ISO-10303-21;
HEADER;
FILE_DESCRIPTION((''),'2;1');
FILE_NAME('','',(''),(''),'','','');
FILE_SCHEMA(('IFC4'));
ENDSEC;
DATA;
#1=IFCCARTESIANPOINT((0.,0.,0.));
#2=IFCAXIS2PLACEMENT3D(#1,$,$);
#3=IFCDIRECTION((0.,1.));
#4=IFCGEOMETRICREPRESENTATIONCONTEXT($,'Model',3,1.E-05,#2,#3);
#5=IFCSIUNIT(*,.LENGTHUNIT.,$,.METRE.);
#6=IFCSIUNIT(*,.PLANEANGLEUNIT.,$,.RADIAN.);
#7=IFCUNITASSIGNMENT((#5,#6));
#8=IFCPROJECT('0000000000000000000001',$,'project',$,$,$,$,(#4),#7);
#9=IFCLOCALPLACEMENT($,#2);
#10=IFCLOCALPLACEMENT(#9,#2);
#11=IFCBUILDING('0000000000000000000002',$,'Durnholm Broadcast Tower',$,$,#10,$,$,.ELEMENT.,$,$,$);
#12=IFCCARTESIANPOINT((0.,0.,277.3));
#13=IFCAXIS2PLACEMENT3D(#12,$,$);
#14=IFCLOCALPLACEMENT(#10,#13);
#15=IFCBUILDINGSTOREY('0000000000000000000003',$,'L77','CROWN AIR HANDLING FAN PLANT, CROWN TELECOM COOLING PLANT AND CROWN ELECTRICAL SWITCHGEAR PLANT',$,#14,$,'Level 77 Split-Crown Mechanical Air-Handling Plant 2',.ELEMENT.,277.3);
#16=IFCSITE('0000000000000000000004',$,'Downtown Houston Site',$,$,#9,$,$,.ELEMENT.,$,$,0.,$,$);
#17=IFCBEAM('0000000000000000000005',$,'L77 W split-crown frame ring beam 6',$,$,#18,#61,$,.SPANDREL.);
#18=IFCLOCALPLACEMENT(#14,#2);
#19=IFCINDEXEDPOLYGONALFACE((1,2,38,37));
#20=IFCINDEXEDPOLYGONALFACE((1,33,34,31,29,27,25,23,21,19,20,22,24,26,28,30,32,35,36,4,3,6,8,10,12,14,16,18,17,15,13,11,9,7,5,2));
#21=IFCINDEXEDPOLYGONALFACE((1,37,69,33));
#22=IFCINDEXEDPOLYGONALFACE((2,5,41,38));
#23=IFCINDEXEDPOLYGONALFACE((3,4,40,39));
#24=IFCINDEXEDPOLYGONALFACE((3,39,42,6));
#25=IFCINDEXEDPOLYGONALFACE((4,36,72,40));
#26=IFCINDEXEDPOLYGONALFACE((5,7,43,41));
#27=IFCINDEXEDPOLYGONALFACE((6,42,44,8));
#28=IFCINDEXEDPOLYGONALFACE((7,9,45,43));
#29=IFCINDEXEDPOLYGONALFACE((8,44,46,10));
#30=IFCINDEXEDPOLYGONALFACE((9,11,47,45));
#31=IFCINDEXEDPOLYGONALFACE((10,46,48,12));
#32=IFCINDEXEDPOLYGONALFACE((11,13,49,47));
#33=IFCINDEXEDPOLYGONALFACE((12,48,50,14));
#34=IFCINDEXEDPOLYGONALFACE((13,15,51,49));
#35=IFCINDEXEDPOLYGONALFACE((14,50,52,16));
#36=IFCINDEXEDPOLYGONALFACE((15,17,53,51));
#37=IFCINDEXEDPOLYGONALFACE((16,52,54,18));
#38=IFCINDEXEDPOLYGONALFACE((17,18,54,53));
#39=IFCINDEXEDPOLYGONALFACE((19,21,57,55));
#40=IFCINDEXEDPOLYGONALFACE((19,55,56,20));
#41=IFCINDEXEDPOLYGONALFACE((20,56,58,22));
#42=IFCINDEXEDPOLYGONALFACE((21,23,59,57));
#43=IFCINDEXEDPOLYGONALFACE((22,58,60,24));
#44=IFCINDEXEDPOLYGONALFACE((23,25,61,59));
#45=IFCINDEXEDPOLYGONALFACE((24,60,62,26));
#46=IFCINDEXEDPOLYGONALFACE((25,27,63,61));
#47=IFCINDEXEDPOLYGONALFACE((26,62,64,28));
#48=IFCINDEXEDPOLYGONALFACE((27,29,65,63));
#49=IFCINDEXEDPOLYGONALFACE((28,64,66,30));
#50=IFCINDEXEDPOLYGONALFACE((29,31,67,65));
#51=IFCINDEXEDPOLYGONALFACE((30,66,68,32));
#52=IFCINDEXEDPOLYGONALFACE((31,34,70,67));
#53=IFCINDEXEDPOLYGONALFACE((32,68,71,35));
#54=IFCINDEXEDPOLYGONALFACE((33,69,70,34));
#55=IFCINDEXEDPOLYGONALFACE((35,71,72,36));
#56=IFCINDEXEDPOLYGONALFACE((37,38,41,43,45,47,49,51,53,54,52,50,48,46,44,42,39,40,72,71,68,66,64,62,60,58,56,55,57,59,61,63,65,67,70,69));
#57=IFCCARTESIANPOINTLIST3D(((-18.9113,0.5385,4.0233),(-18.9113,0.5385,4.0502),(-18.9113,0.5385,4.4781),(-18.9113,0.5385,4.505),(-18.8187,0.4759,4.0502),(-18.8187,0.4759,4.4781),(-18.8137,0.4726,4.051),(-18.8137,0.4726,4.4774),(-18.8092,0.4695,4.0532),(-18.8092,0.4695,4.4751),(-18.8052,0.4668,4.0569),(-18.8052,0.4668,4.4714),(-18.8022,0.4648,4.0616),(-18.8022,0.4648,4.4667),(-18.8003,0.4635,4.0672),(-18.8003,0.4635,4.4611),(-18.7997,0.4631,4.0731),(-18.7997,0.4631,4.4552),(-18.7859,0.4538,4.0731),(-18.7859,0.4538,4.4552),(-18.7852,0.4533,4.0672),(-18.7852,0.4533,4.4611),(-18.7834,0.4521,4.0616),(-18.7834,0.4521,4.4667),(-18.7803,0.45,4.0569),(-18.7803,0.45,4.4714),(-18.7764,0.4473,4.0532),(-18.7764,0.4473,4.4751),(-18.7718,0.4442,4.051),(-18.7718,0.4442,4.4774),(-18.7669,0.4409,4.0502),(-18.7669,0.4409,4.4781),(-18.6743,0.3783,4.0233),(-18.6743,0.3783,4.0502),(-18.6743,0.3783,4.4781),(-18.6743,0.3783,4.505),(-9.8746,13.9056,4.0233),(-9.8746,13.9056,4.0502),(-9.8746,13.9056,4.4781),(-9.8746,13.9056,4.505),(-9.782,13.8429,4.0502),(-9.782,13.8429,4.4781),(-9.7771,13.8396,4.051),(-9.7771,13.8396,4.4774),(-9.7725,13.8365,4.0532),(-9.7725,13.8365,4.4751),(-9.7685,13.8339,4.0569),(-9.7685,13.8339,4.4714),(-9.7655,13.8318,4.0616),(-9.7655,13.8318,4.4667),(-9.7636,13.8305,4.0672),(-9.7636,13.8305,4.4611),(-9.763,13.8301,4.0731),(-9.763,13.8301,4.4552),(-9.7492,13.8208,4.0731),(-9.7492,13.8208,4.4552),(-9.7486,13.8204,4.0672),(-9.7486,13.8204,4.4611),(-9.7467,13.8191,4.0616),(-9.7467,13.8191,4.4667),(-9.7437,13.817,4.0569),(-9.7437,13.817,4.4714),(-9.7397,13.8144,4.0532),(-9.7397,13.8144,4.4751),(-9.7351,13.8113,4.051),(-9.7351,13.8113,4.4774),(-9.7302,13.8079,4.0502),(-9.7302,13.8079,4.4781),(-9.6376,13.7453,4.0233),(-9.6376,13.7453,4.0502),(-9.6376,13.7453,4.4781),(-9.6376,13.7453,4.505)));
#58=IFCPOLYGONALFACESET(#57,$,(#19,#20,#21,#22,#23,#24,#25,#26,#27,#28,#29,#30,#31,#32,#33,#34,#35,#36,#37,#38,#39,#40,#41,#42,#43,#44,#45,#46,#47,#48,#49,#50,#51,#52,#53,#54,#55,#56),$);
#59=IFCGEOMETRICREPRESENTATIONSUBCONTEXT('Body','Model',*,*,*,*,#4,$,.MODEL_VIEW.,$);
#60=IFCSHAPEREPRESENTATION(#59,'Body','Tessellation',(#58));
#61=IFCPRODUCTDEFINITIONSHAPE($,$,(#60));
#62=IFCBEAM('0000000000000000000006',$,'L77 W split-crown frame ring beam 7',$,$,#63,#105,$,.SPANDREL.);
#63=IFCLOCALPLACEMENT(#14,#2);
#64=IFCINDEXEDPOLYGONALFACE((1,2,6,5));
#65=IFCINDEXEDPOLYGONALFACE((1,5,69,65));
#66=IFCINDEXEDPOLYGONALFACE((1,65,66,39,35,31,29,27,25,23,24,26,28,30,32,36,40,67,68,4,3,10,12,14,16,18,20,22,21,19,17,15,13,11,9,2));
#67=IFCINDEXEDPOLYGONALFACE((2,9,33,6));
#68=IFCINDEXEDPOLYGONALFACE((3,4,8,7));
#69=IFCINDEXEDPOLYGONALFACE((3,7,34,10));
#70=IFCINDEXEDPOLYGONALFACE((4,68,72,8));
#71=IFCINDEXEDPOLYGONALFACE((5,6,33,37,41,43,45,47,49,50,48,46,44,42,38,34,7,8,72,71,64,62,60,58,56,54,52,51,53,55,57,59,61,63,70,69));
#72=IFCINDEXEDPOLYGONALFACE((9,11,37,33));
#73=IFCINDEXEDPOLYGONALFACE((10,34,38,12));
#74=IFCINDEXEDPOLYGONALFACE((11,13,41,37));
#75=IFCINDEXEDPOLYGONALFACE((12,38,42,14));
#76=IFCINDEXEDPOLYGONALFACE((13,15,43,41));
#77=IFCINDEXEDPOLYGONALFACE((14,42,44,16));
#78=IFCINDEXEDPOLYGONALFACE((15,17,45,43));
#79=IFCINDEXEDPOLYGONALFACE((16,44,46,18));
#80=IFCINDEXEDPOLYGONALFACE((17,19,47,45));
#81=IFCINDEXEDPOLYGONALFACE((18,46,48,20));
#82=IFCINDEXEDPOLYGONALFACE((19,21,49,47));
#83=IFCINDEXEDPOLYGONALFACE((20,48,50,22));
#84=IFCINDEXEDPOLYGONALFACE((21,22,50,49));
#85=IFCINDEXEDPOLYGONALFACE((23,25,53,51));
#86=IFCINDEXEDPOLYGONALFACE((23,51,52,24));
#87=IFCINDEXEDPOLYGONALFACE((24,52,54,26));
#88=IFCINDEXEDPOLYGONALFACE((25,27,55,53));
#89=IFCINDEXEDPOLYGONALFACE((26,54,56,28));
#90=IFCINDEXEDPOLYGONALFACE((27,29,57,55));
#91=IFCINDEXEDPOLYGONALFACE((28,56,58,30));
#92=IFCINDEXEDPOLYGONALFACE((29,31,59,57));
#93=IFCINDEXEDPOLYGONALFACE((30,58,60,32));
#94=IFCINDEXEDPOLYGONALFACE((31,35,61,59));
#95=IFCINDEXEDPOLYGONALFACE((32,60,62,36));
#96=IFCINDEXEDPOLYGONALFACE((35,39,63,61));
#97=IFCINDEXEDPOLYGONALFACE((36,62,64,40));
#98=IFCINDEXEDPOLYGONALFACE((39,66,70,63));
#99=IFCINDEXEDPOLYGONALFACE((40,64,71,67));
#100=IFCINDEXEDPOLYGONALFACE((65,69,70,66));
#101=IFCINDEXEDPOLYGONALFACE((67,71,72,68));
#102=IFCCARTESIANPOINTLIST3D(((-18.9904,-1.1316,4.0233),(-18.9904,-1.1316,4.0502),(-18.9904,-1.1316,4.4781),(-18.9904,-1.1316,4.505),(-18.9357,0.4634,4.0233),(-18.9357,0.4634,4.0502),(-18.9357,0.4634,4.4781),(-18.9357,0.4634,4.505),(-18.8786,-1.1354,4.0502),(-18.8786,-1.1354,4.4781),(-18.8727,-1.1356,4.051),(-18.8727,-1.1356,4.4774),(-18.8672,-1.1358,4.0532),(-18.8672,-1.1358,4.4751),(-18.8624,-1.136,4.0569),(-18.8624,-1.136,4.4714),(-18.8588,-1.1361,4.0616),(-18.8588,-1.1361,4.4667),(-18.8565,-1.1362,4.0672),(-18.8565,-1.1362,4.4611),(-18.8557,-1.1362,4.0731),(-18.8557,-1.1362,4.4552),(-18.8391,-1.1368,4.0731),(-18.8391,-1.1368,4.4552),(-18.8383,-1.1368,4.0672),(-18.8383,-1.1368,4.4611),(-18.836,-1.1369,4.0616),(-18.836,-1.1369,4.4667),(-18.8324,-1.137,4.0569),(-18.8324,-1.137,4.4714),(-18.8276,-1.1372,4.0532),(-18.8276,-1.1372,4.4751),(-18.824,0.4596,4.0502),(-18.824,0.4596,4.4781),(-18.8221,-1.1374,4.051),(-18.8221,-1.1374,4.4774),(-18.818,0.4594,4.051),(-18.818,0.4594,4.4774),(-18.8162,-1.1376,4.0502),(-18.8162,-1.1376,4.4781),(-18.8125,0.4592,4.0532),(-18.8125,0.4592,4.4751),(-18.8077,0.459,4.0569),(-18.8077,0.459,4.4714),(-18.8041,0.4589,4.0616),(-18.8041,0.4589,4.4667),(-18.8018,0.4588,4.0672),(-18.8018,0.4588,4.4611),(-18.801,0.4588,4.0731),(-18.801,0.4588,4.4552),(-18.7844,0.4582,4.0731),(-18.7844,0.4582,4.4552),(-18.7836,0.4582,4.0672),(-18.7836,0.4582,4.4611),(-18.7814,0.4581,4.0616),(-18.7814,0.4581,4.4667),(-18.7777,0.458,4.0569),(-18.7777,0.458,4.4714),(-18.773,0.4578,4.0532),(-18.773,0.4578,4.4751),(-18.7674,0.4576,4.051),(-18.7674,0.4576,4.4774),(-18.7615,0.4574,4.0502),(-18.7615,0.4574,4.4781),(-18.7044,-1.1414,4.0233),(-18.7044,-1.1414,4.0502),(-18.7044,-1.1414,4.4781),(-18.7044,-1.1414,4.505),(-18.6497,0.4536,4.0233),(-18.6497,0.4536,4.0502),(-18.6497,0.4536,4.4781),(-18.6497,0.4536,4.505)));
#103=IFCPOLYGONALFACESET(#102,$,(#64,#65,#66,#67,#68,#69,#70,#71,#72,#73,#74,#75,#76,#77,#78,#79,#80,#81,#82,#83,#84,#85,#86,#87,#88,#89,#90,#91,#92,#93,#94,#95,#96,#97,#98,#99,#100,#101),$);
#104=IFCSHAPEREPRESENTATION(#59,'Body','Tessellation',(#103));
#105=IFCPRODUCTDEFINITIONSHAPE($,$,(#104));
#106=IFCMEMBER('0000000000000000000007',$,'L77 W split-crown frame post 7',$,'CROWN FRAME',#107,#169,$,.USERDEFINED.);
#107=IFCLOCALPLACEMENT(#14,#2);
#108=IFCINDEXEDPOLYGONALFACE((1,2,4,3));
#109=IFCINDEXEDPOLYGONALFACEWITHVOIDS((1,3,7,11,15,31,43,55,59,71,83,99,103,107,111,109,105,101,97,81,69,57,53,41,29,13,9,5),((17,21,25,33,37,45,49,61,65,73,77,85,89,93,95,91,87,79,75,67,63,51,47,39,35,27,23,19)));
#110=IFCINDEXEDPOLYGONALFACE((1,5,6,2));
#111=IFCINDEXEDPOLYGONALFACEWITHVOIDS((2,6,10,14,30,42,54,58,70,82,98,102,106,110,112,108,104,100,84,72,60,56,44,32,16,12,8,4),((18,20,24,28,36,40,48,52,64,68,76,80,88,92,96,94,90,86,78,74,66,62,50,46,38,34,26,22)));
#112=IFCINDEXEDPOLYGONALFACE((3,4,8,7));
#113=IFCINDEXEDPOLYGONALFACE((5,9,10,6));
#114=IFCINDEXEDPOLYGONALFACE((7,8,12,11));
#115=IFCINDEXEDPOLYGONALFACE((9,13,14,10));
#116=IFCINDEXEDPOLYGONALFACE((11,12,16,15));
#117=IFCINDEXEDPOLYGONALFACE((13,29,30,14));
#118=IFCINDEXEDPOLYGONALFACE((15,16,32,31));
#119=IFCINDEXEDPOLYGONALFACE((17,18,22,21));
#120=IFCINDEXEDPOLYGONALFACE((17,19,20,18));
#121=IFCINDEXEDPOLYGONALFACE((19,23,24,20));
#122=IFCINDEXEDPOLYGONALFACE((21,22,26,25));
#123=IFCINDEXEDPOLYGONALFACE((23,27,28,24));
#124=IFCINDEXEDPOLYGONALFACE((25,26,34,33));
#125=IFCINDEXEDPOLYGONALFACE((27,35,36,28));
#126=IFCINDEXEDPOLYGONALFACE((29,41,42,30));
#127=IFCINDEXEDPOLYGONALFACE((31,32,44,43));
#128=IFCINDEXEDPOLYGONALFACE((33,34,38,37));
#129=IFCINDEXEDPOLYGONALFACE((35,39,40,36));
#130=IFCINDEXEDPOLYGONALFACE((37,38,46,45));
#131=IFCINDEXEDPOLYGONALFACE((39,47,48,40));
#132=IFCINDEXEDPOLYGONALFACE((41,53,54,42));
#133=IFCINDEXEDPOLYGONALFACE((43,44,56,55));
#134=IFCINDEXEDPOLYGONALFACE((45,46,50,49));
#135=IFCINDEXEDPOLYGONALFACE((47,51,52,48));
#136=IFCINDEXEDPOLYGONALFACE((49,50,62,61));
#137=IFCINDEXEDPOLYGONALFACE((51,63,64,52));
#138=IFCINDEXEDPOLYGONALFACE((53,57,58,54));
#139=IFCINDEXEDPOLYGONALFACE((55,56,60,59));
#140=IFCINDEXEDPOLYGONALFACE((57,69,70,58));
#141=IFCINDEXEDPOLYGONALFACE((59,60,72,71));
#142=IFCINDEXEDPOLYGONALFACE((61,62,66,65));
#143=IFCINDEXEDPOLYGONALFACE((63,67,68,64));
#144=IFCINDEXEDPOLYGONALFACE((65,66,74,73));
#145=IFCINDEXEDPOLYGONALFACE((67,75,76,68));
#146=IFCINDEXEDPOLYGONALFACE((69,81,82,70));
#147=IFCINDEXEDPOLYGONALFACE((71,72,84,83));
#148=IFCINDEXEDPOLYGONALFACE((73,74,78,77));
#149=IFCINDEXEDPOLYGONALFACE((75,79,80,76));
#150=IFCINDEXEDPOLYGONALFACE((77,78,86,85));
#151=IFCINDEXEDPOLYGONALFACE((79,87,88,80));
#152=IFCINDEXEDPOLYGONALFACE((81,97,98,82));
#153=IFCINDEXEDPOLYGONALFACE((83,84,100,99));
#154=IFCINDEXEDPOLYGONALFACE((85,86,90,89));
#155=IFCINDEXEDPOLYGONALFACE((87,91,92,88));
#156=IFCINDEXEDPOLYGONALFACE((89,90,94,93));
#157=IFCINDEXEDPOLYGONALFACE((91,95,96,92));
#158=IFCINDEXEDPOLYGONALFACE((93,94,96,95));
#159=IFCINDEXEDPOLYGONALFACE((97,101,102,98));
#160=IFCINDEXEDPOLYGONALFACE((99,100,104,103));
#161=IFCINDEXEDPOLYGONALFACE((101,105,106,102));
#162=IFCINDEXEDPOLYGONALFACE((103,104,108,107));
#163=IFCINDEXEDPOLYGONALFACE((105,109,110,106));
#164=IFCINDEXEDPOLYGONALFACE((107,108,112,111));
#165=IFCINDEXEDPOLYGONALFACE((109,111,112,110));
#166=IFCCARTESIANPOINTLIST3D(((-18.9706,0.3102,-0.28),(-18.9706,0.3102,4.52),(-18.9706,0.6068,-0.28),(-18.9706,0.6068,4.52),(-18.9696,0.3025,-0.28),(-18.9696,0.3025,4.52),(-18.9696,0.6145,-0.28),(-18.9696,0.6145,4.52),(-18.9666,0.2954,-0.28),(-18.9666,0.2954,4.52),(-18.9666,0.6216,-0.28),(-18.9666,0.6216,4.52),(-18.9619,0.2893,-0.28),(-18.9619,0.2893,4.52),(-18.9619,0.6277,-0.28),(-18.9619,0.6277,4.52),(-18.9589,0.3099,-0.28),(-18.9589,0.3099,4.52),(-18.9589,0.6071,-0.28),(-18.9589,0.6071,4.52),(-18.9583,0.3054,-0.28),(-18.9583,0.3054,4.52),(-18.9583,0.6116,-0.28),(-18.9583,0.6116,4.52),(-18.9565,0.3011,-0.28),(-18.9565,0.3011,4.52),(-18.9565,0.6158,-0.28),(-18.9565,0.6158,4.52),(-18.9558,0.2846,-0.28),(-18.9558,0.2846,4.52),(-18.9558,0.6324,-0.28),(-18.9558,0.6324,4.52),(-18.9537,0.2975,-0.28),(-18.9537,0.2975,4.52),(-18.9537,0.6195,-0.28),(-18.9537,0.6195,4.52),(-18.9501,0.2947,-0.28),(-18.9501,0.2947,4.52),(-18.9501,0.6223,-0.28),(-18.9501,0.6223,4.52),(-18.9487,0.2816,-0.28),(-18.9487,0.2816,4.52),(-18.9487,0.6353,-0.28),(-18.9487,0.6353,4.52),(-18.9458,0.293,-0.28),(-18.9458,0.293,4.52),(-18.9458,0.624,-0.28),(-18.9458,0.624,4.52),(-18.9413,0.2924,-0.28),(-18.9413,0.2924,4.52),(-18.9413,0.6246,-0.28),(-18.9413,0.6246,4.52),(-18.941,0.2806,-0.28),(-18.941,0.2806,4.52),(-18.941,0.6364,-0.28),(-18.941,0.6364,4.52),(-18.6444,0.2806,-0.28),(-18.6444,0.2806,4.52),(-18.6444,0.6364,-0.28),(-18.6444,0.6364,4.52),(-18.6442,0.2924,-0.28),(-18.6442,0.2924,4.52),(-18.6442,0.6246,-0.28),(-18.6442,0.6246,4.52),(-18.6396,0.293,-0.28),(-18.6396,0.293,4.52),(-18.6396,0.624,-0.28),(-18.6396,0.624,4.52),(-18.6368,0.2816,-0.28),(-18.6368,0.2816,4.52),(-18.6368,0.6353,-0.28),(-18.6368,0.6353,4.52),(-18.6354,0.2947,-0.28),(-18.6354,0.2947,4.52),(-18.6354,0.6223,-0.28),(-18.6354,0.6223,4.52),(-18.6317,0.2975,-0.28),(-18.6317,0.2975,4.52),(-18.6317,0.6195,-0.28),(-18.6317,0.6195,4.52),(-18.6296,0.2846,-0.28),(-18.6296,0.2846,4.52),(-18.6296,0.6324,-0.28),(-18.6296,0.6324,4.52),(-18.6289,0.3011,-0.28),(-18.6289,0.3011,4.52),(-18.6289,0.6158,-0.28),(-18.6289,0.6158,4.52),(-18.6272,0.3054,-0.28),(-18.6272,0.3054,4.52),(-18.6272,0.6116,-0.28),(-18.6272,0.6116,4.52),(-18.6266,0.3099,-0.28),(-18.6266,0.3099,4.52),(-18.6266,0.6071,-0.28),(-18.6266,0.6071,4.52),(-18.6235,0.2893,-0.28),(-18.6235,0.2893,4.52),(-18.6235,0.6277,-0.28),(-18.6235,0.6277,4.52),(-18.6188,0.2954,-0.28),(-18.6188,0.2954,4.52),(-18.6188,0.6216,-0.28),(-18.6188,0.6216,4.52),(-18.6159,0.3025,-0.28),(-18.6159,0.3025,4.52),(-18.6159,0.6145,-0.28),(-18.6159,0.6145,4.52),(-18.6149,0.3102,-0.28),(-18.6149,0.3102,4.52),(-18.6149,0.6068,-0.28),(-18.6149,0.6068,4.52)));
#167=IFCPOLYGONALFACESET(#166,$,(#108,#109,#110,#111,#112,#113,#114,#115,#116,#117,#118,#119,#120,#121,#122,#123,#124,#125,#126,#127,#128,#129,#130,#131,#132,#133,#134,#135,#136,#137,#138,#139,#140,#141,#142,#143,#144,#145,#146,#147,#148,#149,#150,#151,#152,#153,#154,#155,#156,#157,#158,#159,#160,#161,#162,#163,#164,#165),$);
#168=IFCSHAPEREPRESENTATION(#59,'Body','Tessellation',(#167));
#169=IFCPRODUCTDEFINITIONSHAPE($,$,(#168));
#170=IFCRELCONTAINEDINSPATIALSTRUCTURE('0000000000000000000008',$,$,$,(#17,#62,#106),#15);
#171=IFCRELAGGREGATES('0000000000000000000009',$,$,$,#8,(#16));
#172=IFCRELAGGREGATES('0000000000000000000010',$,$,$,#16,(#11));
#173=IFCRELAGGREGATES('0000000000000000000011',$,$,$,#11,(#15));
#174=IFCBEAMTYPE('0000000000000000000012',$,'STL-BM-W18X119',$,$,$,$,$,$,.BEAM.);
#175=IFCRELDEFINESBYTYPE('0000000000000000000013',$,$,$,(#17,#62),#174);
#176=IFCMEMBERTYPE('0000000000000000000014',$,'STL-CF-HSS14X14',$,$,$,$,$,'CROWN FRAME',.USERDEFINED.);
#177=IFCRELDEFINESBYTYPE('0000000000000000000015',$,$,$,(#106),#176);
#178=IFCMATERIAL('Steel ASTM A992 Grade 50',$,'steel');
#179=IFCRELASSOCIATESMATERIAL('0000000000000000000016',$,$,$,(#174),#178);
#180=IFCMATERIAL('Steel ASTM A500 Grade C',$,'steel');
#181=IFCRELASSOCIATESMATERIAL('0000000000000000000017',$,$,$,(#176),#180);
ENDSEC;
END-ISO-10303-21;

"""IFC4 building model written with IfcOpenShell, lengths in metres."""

from ifc_helpers import new_model, si_unit, direction, frame, origin, origin_2d, place, context, subcontext, project, spatial, hollow_rectangle, i_section, extrude, source, transform, mapped, material, material_profile, profile_set, type_object, type_shapes, element, save


model = new_model("IFC4")

# Units and contexts
model_context = context("Model", 3, precision=1e-05, world=origin(), true_north=direction((0.0, 1.0)))
body_context = subcontext(model_context, "Body", "Model", "MODEL_VIEW")
ifc_project = project(units=[si_unit("LENGTHUNIT", "METRE"), si_unit("PLANEANGLEUNIT", "RADIAN")], contexts=[model_context])

# Site, building, storey
site_placement = place(None, origin())
site = spatial("IfcSite", under=ifc_project, at=site_placement, Name="Downtown Houston Site", CompositionType="ELEMENT", RefElevation=0.0)
building_placement = place(site_placement, origin())
building = spatial("IfcBuilding", under=site, at=building_placement, Name="Durnholm Broadcast Tower", CompositionType="ELEMENT")
storey_placement = place(building_placement, frame((0.0, 0.0, 277.3)))
storey = spatial("IfcBuildingStorey", under=building, at=storey_placement, Name="L77", Description="CROWN AIR HANDLING FAN PLANT, CROWN TELECOM COOLING PLANT AND CROWN ELECTRICAL SWITCHGEAR PLANT", LongName="Level 77 Split-Crown Mechanical Air-Handling Plant 2", CompositionType="ELEMENT", Elevation=277.3)

# Shared definitions
ifc_material_1 = material(Name="Steel ASTM A500 Grade C", Category="steel")

# Beams
ifc_material_2 = material(Name="Steel ASTM A992 Grade 50", Category="steel")
ifc_material_profile_1 = material_profile(ifc_material_2, i_section(OverallWidth=0.2861, OverallDepth=0.4817, WebThickness=0.0166, FlangeThickness=0.0269, FilletRadius=0.0229, at=origin_2d()), Name="W18X119")
ifc_profile_set_1 = profile_set([ifc_material_profile_1], Name="Steel ASTM A992 Grade 50")
beam_type_1 = type_object("IfcBeamType", Name="STL-BM-W18X119", PredefinedType="BEAM", material=ifc_profile_set_1)
shared_shape_1 = source(origin(), body_context, "Body", "SweptSolid", [
    extrude(i_section(OverallWidth=0.2861, OverallDepth=0.4817, WebThickness=0.0166, FlangeThickness=0.0269, FilletRadius=0.0229, at=origin_2d()), origin(), (0.0, 0.0, 1.0), 16.135),
])
beam_1_placement = place(storey_placement, frame((-9.7561, 13.8254, 4.2642), z_axis=(-0.560066, -0.828448, 0.0), x_axis=(0.828448, -0.560066, 0.0)))
element("IfcBeam", 1, at=beam_1_placement, inside=storey, type_object=beam_type_1, Name="L77 W split-crown frame ring beam 6", PredefinedType="SPANDREL", context=body_context, shape_type="MappedRepresentation", body=[
    mapped(shared_shape_1, transform((0.0, 0.0, 0.0), x_axis=(1.0, 0.0, 0.0), y_axis=(0.0, 1.0, 0.0), z_axis=(0.0, 0.0, 1.0), scale=1.0)),
])
shared_shape_2 = source(origin(), body_context, "Body", "SweptSolid", [
    extrude(i_section(OverallWidth=0.2861, OverallDepth=0.4817, WebThickness=0.0166, FlangeThickness=0.0269, FilletRadius=0.0229, at=origin_2d()), origin(), (0.0, 0.0, 1.0), 1.5959),
])
type_shapes(beam_type_1, [shared_shape_1, shared_shape_2])
beam_2_placement = place(storey_placement, frame((-18.7927, 0.4585, 4.2642), z_axis=(-0.034267, -0.999413, 0.0), x_axis=(0.999413, -0.034267, 0.0)))
element("IfcBeam", 2, at=beam_2_placement, inside=storey, type_object=beam_type_1, Name="L77 W split-crown frame ring beam 7", PredefinedType="SPANDREL", context=body_context, shape_type="MappedRepresentation", body=[
    mapped(shared_shape_2, transform((0.0, 0.0, 0.0), x_axis=(1.0, 0.0, 0.0), y_axis=(0.0, 1.0, 0.0), z_axis=(0.0, 0.0, 1.0), scale=1.0)),
])

# Member
ifc_material_profile_2 = material_profile(ifc_material_1, hollow_rectangle(XDim=0.3557, YDim=0.3557, WallThickness=0.0117, InnerFilletRadius=0.0176, OuterFilletRadius=0.0295, at=origin_2d()), Name="HSS14X14X1/2")
ifc_profile_set_2 = profile_set([ifc_material_profile_2], Name="Steel ASTM A500 Grade C")
member_type_1 = type_object("IfcMemberType", Name="STL-CF-HSS14X14", ElementType="CROWN FRAME", PredefinedType="USERDEFINED", material=ifc_profile_set_2)
shared_shape_3 = source(origin(), body_context, "Body", "SweptSolid", [
    extrude(hollow_rectangle(XDim=0.3557, YDim=0.3557, WallThickness=0.0117, InnerFilletRadius=0.0176, OuterFilletRadius=0.0295, at=origin_2d()), origin(), (0.0, 0.0, 1.0), 4.8),
])
type_shapes(member_type_1, [shared_shape_3])
member_1_placement = place(storey_placement, frame((-18.7927, 0.4585, -0.28), z_axis=(0.0, 0.0, 1.0), x_axis=(1.0, 0.0, 0.0)))
element("IfcMember", 3, at=member_1_placement, inside=storey, type_object=member_type_1, Name="L77 W split-crown frame post 7", ObjectType="CROWN FRAME", PredefinedType="USERDEFINED", context=body_context, shape_type="MappedRepresentation", body=[
    mapped(shared_shape_3, transform((0.0, 0.0, 0.0), x_axis=(1.0, 0.0, 0.0), y_axis=(0.0, 1.0, 0.0), z_axis=(0.0, 0.0, 1.0), scale=1.0)),
])

save(model, "model.ifc")
